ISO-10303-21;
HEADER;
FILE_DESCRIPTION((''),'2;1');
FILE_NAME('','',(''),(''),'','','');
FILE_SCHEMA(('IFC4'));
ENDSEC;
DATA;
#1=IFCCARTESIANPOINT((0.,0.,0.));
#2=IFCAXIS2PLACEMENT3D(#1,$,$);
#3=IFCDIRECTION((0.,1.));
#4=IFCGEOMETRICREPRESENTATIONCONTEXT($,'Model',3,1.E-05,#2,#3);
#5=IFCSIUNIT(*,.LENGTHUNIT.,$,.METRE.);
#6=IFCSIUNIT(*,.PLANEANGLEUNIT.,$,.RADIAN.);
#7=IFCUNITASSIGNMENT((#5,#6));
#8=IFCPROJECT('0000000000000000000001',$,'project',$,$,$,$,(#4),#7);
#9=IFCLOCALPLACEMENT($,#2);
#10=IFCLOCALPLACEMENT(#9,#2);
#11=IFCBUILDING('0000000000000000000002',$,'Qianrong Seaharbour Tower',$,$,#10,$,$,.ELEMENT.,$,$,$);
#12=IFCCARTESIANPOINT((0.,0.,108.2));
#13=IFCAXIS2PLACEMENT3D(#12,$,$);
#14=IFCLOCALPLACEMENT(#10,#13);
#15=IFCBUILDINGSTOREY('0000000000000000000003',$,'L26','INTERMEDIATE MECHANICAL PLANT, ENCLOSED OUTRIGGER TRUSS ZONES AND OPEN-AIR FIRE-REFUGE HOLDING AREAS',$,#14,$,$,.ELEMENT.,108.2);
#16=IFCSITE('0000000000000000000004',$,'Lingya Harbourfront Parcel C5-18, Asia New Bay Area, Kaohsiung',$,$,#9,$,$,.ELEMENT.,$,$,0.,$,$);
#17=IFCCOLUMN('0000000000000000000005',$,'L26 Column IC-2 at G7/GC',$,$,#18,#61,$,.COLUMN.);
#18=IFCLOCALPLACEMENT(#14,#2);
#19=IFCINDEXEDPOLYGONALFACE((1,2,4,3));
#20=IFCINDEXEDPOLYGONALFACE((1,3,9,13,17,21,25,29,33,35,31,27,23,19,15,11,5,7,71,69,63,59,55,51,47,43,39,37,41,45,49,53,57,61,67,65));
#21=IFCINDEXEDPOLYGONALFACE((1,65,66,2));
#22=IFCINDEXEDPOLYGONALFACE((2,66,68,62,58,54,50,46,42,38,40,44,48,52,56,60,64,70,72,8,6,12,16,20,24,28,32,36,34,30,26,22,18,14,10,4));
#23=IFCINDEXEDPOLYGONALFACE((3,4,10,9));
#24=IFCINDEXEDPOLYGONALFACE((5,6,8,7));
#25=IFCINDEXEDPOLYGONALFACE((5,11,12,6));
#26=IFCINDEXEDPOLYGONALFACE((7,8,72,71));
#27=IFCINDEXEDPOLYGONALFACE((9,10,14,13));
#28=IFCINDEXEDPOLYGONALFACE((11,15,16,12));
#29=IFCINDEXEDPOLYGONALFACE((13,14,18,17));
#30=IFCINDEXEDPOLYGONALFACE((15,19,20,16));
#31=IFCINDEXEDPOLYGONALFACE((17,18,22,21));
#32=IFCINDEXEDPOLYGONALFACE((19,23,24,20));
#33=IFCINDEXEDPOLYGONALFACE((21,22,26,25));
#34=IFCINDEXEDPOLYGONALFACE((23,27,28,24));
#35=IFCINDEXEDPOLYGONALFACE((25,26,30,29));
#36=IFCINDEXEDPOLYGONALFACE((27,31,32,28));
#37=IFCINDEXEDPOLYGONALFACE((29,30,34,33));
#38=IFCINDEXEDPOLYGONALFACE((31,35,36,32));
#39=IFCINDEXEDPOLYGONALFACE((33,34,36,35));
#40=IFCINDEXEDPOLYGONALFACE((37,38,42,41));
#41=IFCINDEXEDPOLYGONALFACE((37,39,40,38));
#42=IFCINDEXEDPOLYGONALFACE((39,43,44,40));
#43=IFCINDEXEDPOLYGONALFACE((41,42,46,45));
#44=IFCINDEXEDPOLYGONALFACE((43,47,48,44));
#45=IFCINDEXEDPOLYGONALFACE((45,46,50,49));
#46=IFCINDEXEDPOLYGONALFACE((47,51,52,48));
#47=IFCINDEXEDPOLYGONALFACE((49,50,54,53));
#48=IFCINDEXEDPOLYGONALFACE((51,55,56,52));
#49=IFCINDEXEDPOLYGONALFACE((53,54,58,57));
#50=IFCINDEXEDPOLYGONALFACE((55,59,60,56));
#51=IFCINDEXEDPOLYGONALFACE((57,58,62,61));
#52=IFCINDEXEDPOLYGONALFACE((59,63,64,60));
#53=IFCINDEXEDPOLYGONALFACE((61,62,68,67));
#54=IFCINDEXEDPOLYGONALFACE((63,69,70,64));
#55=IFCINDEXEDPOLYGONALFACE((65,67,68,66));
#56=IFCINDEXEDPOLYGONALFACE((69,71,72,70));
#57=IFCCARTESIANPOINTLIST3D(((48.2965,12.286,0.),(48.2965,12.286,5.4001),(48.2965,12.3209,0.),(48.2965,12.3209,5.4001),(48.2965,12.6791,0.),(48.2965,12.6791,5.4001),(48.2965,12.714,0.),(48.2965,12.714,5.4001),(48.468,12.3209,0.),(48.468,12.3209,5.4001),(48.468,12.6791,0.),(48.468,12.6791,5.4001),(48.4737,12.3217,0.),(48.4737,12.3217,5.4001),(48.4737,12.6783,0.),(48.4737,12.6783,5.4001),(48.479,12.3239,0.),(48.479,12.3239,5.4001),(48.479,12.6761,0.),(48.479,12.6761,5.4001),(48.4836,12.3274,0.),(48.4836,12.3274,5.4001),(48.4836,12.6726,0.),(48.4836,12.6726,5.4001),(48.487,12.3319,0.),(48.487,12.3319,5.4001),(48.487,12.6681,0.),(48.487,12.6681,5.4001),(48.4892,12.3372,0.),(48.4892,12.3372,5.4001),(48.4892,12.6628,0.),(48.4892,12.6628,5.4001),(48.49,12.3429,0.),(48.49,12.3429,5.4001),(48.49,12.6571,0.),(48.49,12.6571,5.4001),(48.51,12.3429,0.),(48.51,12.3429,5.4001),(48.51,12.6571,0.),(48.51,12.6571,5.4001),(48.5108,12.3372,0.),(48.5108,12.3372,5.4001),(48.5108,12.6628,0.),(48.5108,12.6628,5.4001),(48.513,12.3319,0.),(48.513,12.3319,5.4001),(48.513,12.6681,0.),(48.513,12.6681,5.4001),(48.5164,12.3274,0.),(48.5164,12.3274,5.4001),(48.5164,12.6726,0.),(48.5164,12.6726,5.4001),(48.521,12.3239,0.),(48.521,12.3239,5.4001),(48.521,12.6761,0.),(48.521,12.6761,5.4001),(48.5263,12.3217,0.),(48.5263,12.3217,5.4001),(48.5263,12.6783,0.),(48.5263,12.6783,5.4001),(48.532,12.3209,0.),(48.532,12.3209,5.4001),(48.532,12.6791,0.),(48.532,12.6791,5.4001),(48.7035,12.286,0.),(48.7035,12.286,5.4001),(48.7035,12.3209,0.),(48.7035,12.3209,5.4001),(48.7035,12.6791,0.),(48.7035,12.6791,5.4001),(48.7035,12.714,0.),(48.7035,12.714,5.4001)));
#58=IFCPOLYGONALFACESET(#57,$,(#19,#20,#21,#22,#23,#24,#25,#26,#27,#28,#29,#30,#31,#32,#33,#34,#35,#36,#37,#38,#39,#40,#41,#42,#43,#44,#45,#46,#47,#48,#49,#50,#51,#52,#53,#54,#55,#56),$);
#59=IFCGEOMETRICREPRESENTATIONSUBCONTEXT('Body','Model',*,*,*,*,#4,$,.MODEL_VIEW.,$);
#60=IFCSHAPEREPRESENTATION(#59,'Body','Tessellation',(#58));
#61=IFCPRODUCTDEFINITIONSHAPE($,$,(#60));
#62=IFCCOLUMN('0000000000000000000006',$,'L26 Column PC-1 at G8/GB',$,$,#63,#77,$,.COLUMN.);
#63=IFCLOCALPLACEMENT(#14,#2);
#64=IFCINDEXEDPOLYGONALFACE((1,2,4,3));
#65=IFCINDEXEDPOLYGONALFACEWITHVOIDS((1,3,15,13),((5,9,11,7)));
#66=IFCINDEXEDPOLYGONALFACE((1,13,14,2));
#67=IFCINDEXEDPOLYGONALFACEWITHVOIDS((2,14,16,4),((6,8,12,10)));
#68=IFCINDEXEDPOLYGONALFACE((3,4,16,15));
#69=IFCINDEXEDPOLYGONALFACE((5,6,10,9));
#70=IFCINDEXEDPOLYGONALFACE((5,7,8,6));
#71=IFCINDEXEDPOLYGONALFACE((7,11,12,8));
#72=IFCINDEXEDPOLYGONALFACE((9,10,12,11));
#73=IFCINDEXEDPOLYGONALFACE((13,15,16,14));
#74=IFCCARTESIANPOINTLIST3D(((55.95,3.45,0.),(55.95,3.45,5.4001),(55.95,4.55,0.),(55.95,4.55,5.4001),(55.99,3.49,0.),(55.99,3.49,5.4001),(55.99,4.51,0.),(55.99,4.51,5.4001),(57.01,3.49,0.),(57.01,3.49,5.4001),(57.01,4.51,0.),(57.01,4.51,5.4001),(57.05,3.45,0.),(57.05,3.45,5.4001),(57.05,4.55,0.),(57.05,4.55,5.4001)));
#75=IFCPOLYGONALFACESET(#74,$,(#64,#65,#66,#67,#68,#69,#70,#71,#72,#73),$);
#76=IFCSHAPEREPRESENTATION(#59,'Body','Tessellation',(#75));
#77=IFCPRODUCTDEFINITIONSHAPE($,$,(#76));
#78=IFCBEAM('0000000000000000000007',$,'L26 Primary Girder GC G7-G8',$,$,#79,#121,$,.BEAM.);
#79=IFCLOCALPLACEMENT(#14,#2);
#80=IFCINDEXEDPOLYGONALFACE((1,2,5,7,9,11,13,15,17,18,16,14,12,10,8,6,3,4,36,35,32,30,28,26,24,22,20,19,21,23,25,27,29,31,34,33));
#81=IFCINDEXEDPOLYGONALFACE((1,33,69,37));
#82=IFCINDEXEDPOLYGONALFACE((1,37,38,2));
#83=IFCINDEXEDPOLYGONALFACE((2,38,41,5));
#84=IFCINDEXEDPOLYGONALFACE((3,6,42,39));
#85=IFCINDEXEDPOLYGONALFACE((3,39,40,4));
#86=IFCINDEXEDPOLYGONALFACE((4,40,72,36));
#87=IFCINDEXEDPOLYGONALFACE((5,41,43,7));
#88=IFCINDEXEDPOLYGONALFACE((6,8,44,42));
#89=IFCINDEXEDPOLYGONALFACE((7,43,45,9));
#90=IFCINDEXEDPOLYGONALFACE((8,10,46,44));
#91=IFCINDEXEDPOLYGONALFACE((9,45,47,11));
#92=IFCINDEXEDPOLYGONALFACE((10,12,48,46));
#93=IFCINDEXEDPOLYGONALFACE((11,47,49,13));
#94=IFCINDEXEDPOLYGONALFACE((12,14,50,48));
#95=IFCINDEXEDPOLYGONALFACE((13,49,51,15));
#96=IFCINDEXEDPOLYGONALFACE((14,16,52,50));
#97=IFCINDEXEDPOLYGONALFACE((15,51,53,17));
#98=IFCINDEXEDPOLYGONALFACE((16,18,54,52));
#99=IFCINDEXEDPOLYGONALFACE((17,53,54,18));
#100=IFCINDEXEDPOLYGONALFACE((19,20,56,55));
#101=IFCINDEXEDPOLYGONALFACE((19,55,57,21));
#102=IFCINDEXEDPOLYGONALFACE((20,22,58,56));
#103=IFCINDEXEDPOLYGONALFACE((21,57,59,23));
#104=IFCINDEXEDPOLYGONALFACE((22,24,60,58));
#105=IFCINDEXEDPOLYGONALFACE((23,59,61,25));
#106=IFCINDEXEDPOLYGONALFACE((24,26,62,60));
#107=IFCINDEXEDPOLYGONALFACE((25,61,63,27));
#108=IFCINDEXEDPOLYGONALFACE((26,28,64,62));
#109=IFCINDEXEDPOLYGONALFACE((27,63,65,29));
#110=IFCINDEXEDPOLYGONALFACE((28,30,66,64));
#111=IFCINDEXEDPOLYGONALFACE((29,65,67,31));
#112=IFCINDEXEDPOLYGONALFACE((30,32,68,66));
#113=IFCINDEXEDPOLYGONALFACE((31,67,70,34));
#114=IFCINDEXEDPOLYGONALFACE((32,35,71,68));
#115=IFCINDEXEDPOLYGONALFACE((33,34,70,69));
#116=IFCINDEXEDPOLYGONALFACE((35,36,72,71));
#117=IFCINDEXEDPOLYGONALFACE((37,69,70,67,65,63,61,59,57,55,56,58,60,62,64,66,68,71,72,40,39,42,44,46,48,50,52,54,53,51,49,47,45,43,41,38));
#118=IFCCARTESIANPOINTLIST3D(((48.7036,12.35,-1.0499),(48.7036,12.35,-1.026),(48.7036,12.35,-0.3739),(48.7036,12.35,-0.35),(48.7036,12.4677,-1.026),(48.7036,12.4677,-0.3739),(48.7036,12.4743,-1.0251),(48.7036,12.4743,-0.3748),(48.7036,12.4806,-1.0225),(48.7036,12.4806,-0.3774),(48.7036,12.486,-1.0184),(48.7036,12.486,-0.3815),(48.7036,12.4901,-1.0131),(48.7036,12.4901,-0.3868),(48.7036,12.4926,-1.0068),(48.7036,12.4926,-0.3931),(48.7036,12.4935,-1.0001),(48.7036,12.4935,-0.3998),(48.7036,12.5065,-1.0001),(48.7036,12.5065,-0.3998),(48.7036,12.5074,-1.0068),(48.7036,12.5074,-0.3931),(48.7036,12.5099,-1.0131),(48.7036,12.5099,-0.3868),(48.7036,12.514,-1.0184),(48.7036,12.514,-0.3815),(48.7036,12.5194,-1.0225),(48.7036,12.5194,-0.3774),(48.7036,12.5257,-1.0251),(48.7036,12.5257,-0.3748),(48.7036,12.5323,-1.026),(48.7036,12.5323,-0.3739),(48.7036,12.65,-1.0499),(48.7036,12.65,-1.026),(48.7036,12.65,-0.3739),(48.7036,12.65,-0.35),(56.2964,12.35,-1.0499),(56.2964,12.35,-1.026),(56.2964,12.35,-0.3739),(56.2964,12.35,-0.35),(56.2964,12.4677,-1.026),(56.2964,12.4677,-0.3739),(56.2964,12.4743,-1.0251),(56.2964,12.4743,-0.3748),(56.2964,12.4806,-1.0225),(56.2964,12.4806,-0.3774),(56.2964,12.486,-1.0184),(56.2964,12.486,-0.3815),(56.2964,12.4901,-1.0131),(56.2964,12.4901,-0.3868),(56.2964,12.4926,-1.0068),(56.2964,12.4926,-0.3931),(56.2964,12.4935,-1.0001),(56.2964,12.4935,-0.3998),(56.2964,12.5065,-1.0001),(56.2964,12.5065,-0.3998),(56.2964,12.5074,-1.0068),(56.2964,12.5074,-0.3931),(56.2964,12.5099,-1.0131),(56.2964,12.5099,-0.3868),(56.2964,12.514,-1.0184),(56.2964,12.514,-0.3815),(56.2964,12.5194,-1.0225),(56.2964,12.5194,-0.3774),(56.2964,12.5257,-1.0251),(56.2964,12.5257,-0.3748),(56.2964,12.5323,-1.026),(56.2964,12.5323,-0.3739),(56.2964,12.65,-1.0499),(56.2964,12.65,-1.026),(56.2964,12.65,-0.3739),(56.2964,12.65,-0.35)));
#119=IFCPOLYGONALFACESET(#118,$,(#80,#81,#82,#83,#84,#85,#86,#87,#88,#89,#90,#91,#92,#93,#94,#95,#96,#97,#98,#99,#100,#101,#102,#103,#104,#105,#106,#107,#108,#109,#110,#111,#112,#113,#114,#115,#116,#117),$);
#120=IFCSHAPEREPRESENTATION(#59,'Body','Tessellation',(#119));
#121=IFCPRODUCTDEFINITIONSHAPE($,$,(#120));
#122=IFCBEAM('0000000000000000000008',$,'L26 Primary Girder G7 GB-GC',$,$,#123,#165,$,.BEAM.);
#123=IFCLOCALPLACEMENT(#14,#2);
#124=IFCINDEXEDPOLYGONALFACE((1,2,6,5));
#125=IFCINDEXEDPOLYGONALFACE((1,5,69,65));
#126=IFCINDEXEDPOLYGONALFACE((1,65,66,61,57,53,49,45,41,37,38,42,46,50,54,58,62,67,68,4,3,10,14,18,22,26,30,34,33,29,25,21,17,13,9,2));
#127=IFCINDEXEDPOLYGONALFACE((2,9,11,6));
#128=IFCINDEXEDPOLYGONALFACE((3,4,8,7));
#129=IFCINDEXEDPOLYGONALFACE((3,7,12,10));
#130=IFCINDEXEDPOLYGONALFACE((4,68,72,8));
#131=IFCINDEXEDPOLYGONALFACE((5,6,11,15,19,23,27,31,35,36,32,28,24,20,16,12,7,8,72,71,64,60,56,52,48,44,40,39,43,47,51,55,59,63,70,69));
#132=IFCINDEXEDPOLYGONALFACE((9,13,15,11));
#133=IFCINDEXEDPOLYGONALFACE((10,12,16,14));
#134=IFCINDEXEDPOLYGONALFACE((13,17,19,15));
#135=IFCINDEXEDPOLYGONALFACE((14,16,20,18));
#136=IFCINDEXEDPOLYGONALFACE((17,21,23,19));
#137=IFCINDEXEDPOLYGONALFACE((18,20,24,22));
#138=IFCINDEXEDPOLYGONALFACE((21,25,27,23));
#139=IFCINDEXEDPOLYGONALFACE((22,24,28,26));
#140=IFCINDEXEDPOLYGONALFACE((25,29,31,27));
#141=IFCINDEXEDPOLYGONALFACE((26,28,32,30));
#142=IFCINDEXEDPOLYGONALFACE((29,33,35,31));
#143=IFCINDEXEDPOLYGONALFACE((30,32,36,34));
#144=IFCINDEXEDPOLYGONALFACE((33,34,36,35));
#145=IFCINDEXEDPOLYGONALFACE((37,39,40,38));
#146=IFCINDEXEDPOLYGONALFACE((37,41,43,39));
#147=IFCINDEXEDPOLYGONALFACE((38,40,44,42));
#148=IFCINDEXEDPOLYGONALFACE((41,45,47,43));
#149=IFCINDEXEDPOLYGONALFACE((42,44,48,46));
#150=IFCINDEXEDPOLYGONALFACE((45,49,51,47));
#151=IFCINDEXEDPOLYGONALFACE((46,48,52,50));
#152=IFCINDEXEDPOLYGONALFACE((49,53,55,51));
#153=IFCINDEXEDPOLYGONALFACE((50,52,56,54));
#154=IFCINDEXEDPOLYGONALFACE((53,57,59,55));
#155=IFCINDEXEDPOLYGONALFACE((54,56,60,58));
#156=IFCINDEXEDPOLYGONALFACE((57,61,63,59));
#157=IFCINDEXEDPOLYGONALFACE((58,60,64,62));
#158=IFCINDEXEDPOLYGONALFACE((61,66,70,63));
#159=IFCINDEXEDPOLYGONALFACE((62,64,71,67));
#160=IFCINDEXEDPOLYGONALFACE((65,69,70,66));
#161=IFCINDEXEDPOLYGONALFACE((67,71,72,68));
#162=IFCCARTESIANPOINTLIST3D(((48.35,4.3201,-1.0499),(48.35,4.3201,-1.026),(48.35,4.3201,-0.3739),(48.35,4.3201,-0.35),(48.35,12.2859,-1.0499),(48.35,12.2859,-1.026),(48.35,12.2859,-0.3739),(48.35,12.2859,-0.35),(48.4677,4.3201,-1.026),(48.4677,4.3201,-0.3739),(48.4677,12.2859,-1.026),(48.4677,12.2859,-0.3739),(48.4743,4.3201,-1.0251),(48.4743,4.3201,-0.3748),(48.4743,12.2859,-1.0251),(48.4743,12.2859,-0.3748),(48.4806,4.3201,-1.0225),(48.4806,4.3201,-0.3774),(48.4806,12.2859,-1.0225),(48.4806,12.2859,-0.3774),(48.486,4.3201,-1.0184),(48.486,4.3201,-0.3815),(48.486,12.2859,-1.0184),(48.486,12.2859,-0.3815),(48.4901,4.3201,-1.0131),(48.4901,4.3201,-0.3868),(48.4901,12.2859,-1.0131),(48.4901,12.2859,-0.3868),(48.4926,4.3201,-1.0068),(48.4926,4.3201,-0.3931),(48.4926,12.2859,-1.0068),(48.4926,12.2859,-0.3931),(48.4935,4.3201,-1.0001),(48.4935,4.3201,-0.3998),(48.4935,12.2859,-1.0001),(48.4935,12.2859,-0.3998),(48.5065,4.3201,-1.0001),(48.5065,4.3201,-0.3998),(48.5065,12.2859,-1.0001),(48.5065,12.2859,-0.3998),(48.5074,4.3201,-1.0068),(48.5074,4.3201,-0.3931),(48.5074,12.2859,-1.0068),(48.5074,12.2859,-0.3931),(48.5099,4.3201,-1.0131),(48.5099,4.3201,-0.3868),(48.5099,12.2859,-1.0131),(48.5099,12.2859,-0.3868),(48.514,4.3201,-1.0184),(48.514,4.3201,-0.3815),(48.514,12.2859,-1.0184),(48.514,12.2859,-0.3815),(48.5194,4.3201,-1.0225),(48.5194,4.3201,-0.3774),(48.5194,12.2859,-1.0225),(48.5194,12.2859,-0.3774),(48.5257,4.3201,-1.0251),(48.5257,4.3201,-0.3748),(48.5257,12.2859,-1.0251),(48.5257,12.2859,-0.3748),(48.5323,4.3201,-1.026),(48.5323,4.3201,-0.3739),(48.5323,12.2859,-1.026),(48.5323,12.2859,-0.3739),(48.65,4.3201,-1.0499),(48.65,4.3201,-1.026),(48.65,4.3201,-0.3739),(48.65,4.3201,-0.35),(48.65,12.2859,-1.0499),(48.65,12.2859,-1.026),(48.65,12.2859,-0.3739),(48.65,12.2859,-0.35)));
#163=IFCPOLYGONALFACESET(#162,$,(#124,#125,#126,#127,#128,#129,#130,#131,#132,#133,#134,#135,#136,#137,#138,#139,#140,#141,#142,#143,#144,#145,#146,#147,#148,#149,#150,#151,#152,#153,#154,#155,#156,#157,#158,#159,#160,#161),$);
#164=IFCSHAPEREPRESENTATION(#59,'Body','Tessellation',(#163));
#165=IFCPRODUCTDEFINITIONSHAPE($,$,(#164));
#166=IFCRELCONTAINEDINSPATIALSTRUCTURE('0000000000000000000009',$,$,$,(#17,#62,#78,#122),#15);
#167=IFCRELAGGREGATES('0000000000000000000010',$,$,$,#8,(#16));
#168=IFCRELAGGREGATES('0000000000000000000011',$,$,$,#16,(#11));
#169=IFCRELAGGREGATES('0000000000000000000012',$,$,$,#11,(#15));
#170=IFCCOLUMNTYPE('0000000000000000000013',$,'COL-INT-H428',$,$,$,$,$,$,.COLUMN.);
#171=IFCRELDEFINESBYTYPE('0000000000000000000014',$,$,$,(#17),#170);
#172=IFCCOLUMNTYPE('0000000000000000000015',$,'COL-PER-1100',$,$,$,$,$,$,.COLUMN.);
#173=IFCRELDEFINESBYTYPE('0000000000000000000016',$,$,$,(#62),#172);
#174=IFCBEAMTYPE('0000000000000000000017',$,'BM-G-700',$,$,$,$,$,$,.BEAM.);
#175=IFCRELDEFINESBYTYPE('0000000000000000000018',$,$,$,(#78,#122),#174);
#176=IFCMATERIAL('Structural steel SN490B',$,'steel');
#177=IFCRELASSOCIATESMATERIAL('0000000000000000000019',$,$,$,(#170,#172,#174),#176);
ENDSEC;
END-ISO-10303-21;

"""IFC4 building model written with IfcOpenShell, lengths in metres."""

from ifc_helpers import new_model, si_unit, direction, frame, origin, origin_2d, place, context, subcontext, project, spatial, hollow_rectangle, i_section, extrude, material, material_profile, profile_set, type_object, element, save


model = new_model("IFC4")

# Units and contexts
model_context = context("Model", 3, precision=1e-05, world=origin(), true_north=direction((0.0, 1.0)))
body_context = subcontext(model_context, "Body", "Model", "MODEL_VIEW")
ifc_project = project(units=[si_unit("LENGTHUNIT", "METRE"), si_unit("PLANEANGLEUNIT", "RADIAN")], contexts=[model_context])

# Site, building, storey
site_placement = place(None, origin())
site = spatial("IfcSite", under=ifc_project, at=site_placement, Name="Lingya Harbourfront Parcel C5-18, Asia New Bay Area, Kaohsiung", CompositionType="ELEMENT", RefElevation=0.0)
building_placement = place(site_placement, origin())
building = spatial("IfcBuilding", under=site, at=building_placement, Name="Qianrong Seaharbour Tower", CompositionType="ELEMENT")
storey_placement = place(building_placement, frame((0.0, 0.0, 108.2)))
storey = spatial("IfcBuildingStorey", under=building, at=storey_placement, Name="L26", Description="INTERMEDIATE MECHANICAL PLANT, ENCLOSED OUTRIGGER TRUSS ZONES AND OPEN-AIR FIRE-REFUGE HOLDING AREAS", CompositionType="ELEMENT", Elevation=108.2)

# Columns
ifc_material_1 = material(Name="Structural steel SN490B", Category="steel")
ifc_material_profile_1 = material_profile(ifc_material_1, i_section(OverallWidth=0.407, OverallDepth=0.428, WebThickness=0.02, FlangeThickness=0.0349, FilletRadius=0.022, at=origin_2d()), Name="H428x407x20x35")
ifc_profile_set_1 = profile_set([ifc_material_profile_1], Name="Structural steel SN490B")
column_type_1 = type_object("IfcColumnType", Name="COL-INT-H428", PredefinedType="COLUMN", material=ifc_profile_set_1)
column_1_placement = place(storey_placement, frame((48.5, 12.5, 0.0), z_axis=(0.0, 0.0, 1.0), x_axis=(1.0, 0.0, 0.0)))
element("IfcColumn", 1, at=column_1_placement, inside=storey, type_object=column_type_1, Name="L26 Column IC-2 at G7/GC", PredefinedType="COLUMN", context=body_context, shape_type="SweptSolid", body=[
    extrude(i_section(OverallWidth=0.407, OverallDepth=0.428, WebThickness=0.02, FlangeThickness=0.0349, FilletRadius=0.022, at=origin_2d()), origin(), (0.0, 0.0, 1.0), 5.4001),
])
ifc_material_profile_2 = material_profile(ifc_material_1, hollow_rectangle(XDim=1.1001, YDim=1.1001, WallThickness=0.04, at=origin_2d()), Name="BOX1100x1100x40")
ifc_profile_set_2 = profile_set([ifc_material_profile_2], Name="Structural steel SN490B")
column_type_2 = type_object("IfcColumnType", Name="COL-PER-1100", PredefinedType="COLUMN", material=ifc_profile_set_2)
column_2_placement = place(storey_placement, frame((56.5, 4.0, 0.0), z_axis=(0.0, 0.0, 1.0), x_axis=(1.0, 0.0, 0.0)))
element("IfcColumn", 2, at=column_2_placement, inside=storey, type_object=column_type_2, Name="L26 Column PC-1 at G8/GB", PredefinedType="COLUMN", context=body_context, shape_type="SweptSolid", body=[
    extrude(hollow_rectangle(XDim=1.1001, YDim=1.1001, WallThickness=0.04, at=origin_2d()), origin(), (0.0, 0.0, 1.0), 5.4001),
])

# Beams
ifc_material_profile_3 = material_profile(ifc_material_1, i_section(OverallWidth=0.3, OverallDepth=0.7, WebThickness=0.0129, FlangeThickness=0.0239, FilletRadius=0.0259, at=origin_2d()), Name="H700x300x13x24")
ifc_profile_set_3 = profile_set([ifc_material_profile_3], Name="Structural steel SN490B")
beam_type_1 = type_object("IfcBeamType", Name="BM-G-700", PredefinedType="BEAM", material=ifc_profile_set_3)
beam_1_placement = place(storey_placement, frame((48.7036, 12.5, -0.7), z_axis=(1.0, 0.0, 0.0), x_axis=(0.0, 1.0, 0.0)))
element("IfcBeam", 3, at=beam_1_placement, inside=storey, type_object=beam_type_1, Name="L26 Primary Girder GC G7-G8", PredefinedType="BEAM", context=body_context, shape_type="SweptSolid", body=[
    extrude(i_section(OverallWidth=0.3, OverallDepth=0.7, WebThickness=0.0129, FlangeThickness=0.0239, FilletRadius=0.0259, at=origin_2d()), origin(), (0.0, 0.0, 1.0), 7.5928),
])
beam_2_placement = place(storey_placement, frame((48.5, 4.3201, -0.7), z_axis=(0.0, 1.0, 0.0), x_axis=(-1.0, 0.0, 0.0)))
element("IfcBeam", 4, at=beam_2_placement, inside=storey, type_object=beam_type_1, Name="L26 Primary Girder G7 GB-GC", PredefinedType="BEAM", context=body_context, shape_type="SweptSolid", body=[
    extrude(i_section(OverallWidth=0.3, OverallDepth=0.7, WebThickness=0.0129, FlangeThickness=0.0239, FilletRadius=0.0259, at=origin_2d()), origin(), (0.0, 0.0, 1.0), 7.9658),
])

save(model, "model.ifc")
